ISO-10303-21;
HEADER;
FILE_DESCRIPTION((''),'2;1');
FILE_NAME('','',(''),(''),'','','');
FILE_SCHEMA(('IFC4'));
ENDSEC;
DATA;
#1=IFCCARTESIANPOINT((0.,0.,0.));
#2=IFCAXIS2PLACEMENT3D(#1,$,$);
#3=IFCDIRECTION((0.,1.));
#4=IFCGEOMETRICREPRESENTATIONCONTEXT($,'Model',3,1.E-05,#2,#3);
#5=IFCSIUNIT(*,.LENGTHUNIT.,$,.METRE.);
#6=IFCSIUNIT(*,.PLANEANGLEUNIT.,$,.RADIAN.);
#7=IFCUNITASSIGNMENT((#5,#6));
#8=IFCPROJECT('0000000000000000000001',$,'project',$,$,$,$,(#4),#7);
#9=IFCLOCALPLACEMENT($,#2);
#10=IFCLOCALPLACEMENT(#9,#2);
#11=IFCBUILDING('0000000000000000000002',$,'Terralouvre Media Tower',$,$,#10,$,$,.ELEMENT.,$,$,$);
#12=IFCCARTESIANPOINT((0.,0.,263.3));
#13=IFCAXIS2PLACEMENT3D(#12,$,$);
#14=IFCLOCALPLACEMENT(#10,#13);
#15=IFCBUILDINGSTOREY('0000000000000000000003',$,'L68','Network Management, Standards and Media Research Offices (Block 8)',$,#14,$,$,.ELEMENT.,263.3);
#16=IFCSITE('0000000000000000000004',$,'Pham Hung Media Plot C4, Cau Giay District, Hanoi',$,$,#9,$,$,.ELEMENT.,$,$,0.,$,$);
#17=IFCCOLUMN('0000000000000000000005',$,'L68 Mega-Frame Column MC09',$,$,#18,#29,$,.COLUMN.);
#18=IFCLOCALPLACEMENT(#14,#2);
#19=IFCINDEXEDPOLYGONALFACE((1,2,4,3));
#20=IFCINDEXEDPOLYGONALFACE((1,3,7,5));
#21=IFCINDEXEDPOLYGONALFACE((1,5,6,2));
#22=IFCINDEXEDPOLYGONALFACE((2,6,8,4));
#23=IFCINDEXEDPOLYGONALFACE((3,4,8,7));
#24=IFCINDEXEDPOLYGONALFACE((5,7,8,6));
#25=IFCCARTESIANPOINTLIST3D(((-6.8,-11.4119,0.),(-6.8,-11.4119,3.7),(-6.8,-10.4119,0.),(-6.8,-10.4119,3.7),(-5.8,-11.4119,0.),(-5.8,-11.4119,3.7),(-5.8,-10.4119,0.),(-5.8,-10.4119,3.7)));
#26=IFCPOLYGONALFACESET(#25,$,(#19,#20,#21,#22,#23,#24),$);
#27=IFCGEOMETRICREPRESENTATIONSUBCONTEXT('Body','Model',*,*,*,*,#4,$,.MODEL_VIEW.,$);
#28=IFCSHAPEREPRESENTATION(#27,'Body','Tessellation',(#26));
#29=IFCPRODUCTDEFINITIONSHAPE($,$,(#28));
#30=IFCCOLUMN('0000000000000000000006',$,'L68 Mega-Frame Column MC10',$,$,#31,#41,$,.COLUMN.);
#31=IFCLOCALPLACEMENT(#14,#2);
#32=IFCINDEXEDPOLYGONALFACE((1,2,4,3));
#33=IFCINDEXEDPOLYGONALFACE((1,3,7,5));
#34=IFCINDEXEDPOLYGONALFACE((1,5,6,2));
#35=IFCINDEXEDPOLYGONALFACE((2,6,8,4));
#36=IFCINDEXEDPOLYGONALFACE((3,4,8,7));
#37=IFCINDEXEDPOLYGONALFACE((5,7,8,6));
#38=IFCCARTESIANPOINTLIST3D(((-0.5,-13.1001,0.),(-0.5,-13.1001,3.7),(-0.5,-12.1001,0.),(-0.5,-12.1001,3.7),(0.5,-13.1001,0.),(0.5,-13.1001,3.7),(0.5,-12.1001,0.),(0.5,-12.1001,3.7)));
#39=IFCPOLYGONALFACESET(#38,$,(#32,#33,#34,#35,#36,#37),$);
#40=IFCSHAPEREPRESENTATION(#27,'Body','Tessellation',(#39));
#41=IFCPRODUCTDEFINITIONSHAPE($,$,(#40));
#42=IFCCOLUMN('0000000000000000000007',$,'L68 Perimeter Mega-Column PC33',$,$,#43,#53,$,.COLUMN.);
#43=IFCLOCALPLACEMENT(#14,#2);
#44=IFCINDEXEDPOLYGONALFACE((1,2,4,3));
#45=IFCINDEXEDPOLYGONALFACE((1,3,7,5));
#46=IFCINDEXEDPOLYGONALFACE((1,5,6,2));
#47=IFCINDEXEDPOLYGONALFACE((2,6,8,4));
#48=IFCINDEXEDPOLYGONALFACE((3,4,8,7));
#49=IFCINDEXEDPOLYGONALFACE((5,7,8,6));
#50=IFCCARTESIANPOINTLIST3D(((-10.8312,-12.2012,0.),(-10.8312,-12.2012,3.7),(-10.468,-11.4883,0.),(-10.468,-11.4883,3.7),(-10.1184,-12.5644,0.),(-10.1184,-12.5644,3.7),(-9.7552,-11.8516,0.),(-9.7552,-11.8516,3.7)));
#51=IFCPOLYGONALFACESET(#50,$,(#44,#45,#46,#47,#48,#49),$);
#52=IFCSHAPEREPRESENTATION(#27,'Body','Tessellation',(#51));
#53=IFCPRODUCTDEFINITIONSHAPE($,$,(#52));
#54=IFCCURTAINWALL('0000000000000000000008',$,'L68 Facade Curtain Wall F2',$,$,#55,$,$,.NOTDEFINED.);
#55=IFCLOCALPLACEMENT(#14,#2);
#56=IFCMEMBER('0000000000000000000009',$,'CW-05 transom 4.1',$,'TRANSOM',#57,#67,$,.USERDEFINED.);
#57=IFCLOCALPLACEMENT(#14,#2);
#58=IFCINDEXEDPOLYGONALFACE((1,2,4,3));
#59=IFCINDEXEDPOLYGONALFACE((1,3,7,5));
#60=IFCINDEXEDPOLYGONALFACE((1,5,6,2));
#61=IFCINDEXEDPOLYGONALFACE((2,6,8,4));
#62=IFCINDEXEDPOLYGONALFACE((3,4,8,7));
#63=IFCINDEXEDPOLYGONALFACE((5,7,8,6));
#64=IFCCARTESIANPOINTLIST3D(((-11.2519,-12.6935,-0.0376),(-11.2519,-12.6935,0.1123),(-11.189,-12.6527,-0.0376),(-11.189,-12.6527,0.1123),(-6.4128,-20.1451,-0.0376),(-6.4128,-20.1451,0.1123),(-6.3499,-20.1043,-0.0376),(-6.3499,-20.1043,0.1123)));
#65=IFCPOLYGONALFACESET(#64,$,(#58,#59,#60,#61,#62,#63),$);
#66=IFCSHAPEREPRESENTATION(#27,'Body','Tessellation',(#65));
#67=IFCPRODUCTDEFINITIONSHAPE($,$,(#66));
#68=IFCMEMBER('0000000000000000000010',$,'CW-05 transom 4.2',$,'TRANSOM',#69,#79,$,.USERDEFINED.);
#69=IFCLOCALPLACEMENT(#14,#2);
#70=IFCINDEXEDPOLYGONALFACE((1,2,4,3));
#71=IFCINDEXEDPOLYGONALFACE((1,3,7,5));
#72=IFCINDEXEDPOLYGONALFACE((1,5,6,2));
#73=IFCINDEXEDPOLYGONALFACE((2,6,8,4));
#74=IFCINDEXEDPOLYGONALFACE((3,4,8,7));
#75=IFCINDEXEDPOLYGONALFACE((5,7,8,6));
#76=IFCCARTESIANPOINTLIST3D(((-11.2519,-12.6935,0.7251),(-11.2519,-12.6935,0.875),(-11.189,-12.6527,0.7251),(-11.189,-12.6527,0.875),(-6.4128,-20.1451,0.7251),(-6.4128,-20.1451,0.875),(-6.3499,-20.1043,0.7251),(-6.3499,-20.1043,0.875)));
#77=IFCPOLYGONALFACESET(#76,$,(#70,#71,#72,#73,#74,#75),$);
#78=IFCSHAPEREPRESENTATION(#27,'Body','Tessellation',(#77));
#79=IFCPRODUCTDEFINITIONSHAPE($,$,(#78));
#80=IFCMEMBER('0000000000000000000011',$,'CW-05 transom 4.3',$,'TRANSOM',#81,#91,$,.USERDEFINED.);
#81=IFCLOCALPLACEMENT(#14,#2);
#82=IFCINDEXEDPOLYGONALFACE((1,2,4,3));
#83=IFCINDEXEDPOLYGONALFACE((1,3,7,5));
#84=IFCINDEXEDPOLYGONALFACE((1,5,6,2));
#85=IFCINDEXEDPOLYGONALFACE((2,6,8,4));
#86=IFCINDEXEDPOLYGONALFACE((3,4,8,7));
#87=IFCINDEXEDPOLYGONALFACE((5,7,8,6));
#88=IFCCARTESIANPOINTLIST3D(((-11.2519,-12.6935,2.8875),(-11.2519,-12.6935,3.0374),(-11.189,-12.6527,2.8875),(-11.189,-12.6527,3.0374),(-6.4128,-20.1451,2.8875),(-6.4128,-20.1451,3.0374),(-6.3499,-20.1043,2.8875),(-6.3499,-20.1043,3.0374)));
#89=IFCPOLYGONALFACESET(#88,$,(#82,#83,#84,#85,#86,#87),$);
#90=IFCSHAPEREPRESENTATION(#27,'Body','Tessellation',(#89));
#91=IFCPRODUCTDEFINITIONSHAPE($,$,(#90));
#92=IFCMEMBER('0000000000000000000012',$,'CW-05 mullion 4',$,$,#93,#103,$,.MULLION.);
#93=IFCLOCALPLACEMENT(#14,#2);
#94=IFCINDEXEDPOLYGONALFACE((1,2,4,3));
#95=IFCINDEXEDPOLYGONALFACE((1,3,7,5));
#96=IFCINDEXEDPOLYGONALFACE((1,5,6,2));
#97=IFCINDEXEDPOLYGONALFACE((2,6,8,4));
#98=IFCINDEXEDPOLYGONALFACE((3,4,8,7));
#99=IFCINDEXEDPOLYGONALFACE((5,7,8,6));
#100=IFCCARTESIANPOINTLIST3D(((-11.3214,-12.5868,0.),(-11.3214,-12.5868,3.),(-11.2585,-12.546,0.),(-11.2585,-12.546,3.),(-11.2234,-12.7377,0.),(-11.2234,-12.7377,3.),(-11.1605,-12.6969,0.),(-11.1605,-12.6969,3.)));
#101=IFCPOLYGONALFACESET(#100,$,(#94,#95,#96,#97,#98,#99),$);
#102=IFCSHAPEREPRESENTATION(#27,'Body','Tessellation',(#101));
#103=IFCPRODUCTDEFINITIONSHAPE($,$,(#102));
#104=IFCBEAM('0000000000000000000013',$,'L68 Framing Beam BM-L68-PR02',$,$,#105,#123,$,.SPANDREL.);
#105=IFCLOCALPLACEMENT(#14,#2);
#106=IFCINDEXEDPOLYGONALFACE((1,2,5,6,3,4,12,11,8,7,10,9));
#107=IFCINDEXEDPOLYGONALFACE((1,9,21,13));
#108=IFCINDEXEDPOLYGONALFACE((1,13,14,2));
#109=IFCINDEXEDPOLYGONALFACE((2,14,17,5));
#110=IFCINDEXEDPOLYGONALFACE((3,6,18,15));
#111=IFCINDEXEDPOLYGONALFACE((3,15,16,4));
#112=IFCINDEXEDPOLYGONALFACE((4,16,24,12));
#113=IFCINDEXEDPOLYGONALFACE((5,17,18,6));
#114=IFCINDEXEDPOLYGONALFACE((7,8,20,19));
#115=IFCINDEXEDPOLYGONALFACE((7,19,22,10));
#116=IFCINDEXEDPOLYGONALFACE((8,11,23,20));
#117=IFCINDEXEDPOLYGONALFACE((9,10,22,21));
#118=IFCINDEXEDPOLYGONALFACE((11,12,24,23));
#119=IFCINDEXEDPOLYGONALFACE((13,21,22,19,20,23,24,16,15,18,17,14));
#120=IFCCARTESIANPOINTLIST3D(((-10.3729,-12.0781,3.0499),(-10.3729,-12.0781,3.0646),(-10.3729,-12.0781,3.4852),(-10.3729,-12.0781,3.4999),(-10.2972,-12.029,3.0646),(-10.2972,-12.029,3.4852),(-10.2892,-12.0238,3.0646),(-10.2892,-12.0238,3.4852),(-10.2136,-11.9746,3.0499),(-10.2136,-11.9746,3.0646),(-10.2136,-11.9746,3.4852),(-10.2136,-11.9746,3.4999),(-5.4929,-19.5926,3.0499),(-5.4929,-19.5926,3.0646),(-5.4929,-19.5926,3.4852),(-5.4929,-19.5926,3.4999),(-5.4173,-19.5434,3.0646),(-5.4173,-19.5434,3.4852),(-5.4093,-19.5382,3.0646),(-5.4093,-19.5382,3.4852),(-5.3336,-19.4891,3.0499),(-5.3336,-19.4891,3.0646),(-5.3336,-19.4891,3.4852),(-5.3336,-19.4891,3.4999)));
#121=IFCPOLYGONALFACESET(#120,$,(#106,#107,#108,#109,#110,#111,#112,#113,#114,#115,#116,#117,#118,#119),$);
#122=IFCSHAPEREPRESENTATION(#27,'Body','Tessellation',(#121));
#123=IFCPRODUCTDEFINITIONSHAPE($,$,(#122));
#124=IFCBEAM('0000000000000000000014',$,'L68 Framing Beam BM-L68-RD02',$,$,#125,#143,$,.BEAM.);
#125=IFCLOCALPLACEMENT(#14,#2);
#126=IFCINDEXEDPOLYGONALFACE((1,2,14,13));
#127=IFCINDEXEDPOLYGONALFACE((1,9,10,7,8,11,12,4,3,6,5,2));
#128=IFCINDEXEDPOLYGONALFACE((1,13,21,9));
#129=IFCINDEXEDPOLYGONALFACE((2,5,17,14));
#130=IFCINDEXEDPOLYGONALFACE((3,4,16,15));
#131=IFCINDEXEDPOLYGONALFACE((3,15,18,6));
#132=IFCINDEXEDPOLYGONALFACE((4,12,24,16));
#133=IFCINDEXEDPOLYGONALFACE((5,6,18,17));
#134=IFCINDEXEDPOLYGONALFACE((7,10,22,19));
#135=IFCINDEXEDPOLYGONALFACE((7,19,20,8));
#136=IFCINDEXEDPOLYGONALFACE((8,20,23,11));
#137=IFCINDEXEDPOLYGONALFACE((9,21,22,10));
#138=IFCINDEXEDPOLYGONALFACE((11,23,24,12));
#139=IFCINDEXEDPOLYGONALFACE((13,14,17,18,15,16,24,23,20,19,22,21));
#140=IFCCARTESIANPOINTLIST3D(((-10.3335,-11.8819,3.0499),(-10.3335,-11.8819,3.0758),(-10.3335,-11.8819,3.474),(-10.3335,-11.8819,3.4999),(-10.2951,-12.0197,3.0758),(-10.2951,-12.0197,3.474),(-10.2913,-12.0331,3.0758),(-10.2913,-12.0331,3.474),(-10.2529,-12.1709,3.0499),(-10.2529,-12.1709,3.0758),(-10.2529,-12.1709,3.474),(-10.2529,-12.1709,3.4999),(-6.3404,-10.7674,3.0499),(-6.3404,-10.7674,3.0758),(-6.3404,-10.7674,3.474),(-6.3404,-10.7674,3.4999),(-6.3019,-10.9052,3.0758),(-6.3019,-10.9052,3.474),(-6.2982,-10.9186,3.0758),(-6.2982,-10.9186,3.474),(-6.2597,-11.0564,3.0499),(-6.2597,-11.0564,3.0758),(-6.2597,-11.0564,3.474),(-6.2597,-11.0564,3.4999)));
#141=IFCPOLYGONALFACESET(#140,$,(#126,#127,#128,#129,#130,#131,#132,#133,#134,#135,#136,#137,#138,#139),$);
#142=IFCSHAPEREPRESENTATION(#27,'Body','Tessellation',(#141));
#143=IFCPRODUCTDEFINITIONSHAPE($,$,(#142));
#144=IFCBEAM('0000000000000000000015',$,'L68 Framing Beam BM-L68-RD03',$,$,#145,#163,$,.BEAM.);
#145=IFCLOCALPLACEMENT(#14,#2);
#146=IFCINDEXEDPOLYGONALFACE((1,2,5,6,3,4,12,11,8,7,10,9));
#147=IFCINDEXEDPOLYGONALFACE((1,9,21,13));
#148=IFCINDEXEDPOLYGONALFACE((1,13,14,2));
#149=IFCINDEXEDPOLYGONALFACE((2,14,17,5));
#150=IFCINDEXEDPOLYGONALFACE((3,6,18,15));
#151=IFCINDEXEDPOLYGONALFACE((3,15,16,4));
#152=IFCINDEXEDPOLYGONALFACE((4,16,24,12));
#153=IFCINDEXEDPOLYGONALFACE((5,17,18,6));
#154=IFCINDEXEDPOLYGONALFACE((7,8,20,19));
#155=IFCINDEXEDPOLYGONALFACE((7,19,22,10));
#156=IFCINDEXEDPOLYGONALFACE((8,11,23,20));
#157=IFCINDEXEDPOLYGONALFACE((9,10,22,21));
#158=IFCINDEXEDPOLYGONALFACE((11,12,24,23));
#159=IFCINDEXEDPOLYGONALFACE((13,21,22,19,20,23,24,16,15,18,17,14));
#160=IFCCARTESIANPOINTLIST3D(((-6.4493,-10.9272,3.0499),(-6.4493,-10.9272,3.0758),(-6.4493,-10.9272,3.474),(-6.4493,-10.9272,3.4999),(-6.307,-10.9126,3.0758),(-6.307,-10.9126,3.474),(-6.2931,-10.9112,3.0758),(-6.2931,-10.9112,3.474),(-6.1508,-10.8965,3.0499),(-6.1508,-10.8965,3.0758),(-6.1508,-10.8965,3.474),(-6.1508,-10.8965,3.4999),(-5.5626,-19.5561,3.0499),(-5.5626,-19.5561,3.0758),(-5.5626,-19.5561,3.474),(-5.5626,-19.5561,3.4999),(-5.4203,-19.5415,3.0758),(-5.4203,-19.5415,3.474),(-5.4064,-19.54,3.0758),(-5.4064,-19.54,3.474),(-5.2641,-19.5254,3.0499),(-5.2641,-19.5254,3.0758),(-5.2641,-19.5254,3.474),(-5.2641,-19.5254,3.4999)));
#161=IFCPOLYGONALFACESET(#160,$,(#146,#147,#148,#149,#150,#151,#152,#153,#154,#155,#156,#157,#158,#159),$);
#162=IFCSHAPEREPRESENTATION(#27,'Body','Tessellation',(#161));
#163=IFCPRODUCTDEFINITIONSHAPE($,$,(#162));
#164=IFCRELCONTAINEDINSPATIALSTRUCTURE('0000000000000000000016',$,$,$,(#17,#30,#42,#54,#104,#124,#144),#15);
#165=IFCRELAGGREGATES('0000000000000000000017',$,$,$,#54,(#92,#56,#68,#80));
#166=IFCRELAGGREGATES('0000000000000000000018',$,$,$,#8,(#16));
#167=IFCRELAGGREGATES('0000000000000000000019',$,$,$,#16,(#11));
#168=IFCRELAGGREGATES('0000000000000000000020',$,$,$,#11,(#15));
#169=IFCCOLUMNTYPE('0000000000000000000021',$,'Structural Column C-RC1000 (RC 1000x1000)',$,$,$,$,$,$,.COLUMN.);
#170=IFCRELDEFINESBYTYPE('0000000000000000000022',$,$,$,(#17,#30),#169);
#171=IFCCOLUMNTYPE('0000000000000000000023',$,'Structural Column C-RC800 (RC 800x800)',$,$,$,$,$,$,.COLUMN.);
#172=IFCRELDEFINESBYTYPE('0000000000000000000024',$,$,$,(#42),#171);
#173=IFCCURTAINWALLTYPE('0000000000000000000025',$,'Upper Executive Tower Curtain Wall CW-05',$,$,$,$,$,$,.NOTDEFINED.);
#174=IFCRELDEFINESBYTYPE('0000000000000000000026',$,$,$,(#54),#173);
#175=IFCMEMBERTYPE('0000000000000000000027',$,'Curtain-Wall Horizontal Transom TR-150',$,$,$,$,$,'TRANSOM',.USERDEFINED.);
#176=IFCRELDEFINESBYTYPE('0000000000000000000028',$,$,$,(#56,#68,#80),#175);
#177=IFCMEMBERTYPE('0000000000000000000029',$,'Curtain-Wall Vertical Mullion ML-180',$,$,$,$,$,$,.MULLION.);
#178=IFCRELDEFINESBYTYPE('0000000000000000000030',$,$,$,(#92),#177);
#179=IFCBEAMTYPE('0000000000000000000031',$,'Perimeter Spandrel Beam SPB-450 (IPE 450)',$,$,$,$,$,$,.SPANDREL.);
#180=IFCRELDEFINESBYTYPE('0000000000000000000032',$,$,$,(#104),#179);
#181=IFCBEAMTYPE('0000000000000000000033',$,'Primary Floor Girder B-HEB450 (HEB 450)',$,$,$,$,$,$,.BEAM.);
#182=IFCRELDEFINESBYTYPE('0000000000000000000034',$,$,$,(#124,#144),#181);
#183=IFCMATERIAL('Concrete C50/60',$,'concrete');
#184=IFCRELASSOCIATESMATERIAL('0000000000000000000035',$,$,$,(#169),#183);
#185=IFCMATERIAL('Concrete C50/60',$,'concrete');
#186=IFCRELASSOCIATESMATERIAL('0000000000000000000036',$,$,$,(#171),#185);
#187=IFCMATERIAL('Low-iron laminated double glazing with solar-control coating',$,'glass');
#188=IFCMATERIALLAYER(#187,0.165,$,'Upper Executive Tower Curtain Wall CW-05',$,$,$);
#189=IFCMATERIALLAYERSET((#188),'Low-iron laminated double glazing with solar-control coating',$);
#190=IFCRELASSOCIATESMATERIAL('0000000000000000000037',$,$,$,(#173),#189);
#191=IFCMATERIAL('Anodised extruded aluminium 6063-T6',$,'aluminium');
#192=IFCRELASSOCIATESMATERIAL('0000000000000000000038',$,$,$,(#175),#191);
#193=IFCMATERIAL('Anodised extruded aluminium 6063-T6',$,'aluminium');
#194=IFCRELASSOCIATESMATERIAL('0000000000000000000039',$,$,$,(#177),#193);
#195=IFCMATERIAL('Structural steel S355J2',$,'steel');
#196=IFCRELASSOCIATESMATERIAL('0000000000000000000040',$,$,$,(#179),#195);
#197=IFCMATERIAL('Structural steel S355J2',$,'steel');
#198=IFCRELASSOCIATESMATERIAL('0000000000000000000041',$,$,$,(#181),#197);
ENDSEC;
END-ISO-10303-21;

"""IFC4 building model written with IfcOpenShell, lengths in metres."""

from ifc_helpers import new_model, si_unit, direction, frame, origin, origin_2d, place, context, subcontext, project, spatial, rectangle, i_section, extrude, material, layer, layer_set, material_profile, profile_set, type_object, element, aggregate, save


model = new_model("IFC4")

# Units and contexts
model_context = context("Model", 3, precision=1e-05, world=origin(), true_north=direction((0.0, 1.0)))
body_context = subcontext(model_context, "Body", "Model", "MODEL_VIEW")
ifc_project = project(units=[si_unit("LENGTHUNIT", "METRE"), si_unit("PLANEANGLEUNIT", "RADIAN")], contexts=[model_context])

# Site, building, storey
site_placement = place(None, origin())
site = spatial("IfcSite", under=ifc_project, at=site_placement, Name="Pham Hung Media Plot C4, Cau Giay District, Hanoi", CompositionType="ELEMENT", RefElevation=0.0)
building_placement = place(site_placement, origin())
building = spatial("IfcBuilding", under=site, at=building_placement, Name="Terralouvre Media Tower", CompositionType="ELEMENT")
storey_placement = place(building_placement, frame((0.0, 0.0, 263.3)))
storey = spatial("IfcBuildingStorey", under=building, at=storey_placement, Name="L68", Description="Network Management, Standards and Media Research Offices (Block 8)", CompositionType="ELEMENT", Elevation=263.3)

# Columns
ifc_material_1 = material(Name="Concrete C50/60", Category="concrete")
ifc_material_profile_1 = material_profile(ifc_material_1, rectangle(XDim=1.0, YDim=1.0, at=origin_2d()), Name="RC 1000x1000")
ifc_profile_set_1 = profile_set([ifc_material_profile_1], Name="Concrete C50/60")
column_type_1 = type_object("IfcColumnType", Name="Structural Column C-RC1000 (RC 1000x1000)", PredefinedType="COLUMN", material=ifc_profile_set_1)
for number, where, z_axis, x_axis, name in (
    (1, (-6.3, -10.9119, 0.0), (0.0, 0.0, 1.0), (1.0, 0.0, 0.0), "L68 Mega-Frame Column MC09"),
    (2, (0.0, -12.6001, 0.0), (0.0, 0.0, 1.0), (1.0, 0.0, 0.0), "L68 Mega-Frame Column MC10"),
):
    element("IfcColumn", number, at=place(storey_placement, frame(where, z_axis=z_axis, x_axis=x_axis)), inside=storey, type_object=column_type_1, Name=name, PredefinedType="COLUMN", context=body_context, shape_type="SweptSolid", body=[
        extrude(rectangle(XDim=1.0, YDim=1.0, at=origin_2d()), origin(), (0.0, 0.0, 1.0), 3.7),
    ])
ifc_material_2 = material(Name="Concrete C50/60", Category="concrete")
ifc_material_profile_2 = material_profile(ifc_material_2, rectangle(XDim=0.8, YDim=0.8, at=origin_2d()), Name="RC 800x800")
ifc_profile_set_2 = profile_set([ifc_material_profile_2], Name="Concrete C50/60")
column_type_2 = type_object("IfcColumnType", Name="Structural Column C-RC800 (RC 800x800)", PredefinedType="COLUMN", material=ifc_profile_set_2)
column_placement = place(storey_placement, frame((-10.2932, -12.0264, 0.0), z_axis=(0.0, 0.0, 1.0), x_axis=(0.45399, 0.891007, 0.0)))
element("IfcColumn", 3, at=column_placement, inside=storey, type_object=column_type_2, Name="L68 Perimeter Mega-Column PC33", PredefinedType="COLUMN", context=body_context, shape_type="SweptSolid", body=[
    extrude(rectangle(XDim=0.8, YDim=0.8, at=origin_2d()), origin(), (0.0, 0.0, 1.0), 3.7),
])

# Curtain wall, members
ifc_material_3 = material(Name="Low-iron laminated double glazing with solar-control coating", Category="glass")
ifc_layer_1 = layer(ifc_material_3, 0.165, Name="Upper Executive Tower Curtain Wall CW-05")
ifc_layer_set_1 = layer_set([ifc_layer_1], Name="Low-iron laminated double glazing with solar-control coating")
curtain_wall_type = type_object("IfcCurtainWallType", Name="Upper Executive Tower Curtain Wall CW-05", PredefinedType="NOTDEFINED", material=ifc_layer_set_1)
curtain_wall_placement = place(storey_placement, origin())
curtain_wall = element("IfcCurtainWall", 4, at=curtain_wall_placement, inside=storey, type_object=curtain_wall_type, Name="L68 Facade Curtain Wall F2", PredefinedType="NOTDEFINED")
ifc_material_4 = material(Name="Anodised extruded aluminium 6063-T6", Category="aluminium")
ifc_material_profile_3 = material_profile(ifc_material_4, rectangle(XDim=0.075, YDim=0.1499, at=origin_2d()), Name="ALU 75x150")
ifc_profile_set_3 = profile_set([ifc_material_profile_3], Name="Anodised extruded aluminium 6063-T6")
member_type_1 = type_object("IfcMemberType", Name="Curtain-Wall Horizontal Transom TR-150", ElementType="TRANSOM", PredefinedType="USERDEFINED", material=ifc_profile_set_3)
member_1_placement = place(storey_placement, frame((-11.2205, -12.6731, 0.0374), z_axis=(0.544635, -0.838673, 0.0), x_axis=(0.838673, 0.544635, 0.0)))
member_1 = element("IfcMember", 5, at=member_1_placement, type_object=member_type_1, Name="CW-05 transom 4.1", ObjectType="TRANSOM", PredefinedType="USERDEFINED", context=body_context, shape_type="SweptSolid", body=[
    extrude(rectangle(XDim=0.075, YDim=0.1499, at=origin_2d()), origin(), (0.0, 0.0, 1.0), 8.885),
])
member_2_placement = place(storey_placement, frame((-11.2205, -12.6731, 0.8), z_axis=(0.544635, -0.838673, 0.0), x_axis=(0.838673, 0.544635, 0.0)))
member_2 = element("IfcMember", 6, at=member_2_placement, type_object=member_type_1, Name="CW-05 transom 4.2", ObjectType="TRANSOM", PredefinedType="USERDEFINED", context=body_context, shape_type="SweptSolid", body=[
    extrude(rectangle(XDim=0.075, YDim=0.1499, at=origin_2d()), origin(), (0.0, 0.0, 1.0), 8.885),
])
member_3_placement = place(storey_placement, frame((-11.2205, -12.6731, 2.9624), z_axis=(0.544635, -0.838673, 0.0), x_axis=(0.838673, 0.544635, 0.0)))
member_3 = element("IfcMember", 7, at=member_3_placement, type_object=member_type_1, Name="CW-05 transom 4.3", ObjectType="TRANSOM", PredefinedType="USERDEFINED", context=body_context, shape_type="SweptSolid", body=[
    extrude(rectangle(XDim=0.075, YDim=0.1499, at=origin_2d()), origin(), (0.0, 0.0, 1.0), 8.885),
])
ifc_material_5 = material(Name="Anodised extruded aluminium 6063-T6", Category="aluminium")
ifc_material_profile_4 = material_profile(ifc_material_5, rectangle(XDim=0.075, YDim=0.1799, at=origin_2d()), Name="ALU 75x180")
ifc_profile_set_4 = profile_set([ifc_material_profile_4], Name="Anodised extruded aluminium 6063-T6")
member_type_2 = type_object("IfcMemberType", Name="Curtain-Wall Vertical Mullion ML-180", PredefinedType="MULLION", material=ifc_profile_set_4)
member_4_placement = place(storey_placement, frame((-11.241, -12.6418, 0.0), z_axis=(0.0, 0.0, 1.0), x_axis=(0.838671, 0.544639, 0.0)))
member_4 = element("IfcMember", 8, at=member_4_placement, type_object=member_type_2, Name="CW-05 mullion 4", PredefinedType="MULLION", context=body_context, shape_type="SweptSolid", body=[
    extrude(rectangle(XDim=0.075, YDim=0.1799, at=origin_2d()), origin(), (0.0, 0.0, 1.0), 3.0),
])
aggregate(curtain_wall, [member_4, member_1, member_2, member_3])

# Beams
ifc_material_6 = material(Name="Structural steel S355J2", Category="steel")
ifc_material_profile_5 = material_profile(ifc_material_6, i_section(OverallWidth=0.1899, OverallDepth=0.45, WebThickness=0.0095, FlangeThickness=0.0146, at=origin_2d()), Name="IPE 450")
ifc_profile_set_5 = profile_set([ifc_material_profile_5], Name="Structural steel S355J2")
beam_type_1 = type_object("IfcBeamType", Name="Perimeter Spandrel Beam SPB-450 (IPE 450)", PredefinedType="SPANDREL", material=ifc_profile_set_5)
beam_1_placement = place(storey_placement, frame((-10.2932, -12.0264, 3.2749), z_axis=(0.544637, -0.838672, 0.0), x_axis=(0.838672, 0.544637, 0.0)))
element("IfcBeam", 9, at=beam_1_placement, inside=storey, type_object=beam_type_1, Name="L68 Framing Beam BM-L68-PR02", PredefinedType="SPANDREL", context=body_context, shape_type="SweptSolid", body=[
    extrude(i_section(OverallWidth=0.1899, OverallDepth=0.45, WebThickness=0.0095, FlangeThickness=0.0146, at=origin_2d()), origin(), (0.0, 0.0, 1.0), 8.96),
])
ifc_material_7 = material(Name="Structural steel S355J2", Category="steel")
ifc_material_profile_6 = material_profile(ifc_material_7, i_section(OverallWidth=0.3, OverallDepth=0.45, WebThickness=0.0139, FlangeThickness=0.0259, at=origin_2d()), Name="HEB 450")
ifc_profile_set_6 = profile_set([ifc_material_profile_6], Name="Structural steel S355J2")
beam_type_2 = type_object("IfcBeamType", Name="Primary Floor Girder B-HEB450 (HEB 450)", PredefinedType="BEAM", material=ifc_profile_set_6)
beam_2_placement = place(storey_placement, frame((-6.3, -10.9119, 3.2749), z_axis=(-0.963188, -0.268828, 0.0), x_axis=(0.268828, -0.963188, 0.0)))
element("IfcBeam", 10, at=beam_2_placement, inside=storey, type_object=beam_type_2, Name="L68 Framing Beam BM-L68-RD02", PredefinedType="BEAM", context=body_context, shape_type="SweptSolid", body=[
    extrude(i_section(OverallWidth=0.3, OverallDepth=0.45, WebThickness=0.0139, FlangeThickness=0.0259, at=origin_2d()), origin(), (0.0, 0.0, 1.0), 4.1458),
])
beam_3_placement = place(storey_placement, frame((-6.3, -10.9119, 3.2749), z_axis=(0.102223, -0.994761, 0.0), x_axis=(0.994761, 0.102223, 0.0)))
element("IfcBeam", 11, at=beam_3_placement, inside=storey, type_object=beam_type_2, Name="L68 Framing Beam BM-L68-RD03", PredefinedType="BEAM", context=body_context, shape_type="SweptSolid", body=[
    extrude(i_section(OverallWidth=0.3, OverallDepth=0.45, WebThickness=0.0139, FlangeThickness=0.0259, at=origin_2d()), origin(), (0.0, 0.0, 1.0), 8.6743),
])

save(model, "model.ifc")
